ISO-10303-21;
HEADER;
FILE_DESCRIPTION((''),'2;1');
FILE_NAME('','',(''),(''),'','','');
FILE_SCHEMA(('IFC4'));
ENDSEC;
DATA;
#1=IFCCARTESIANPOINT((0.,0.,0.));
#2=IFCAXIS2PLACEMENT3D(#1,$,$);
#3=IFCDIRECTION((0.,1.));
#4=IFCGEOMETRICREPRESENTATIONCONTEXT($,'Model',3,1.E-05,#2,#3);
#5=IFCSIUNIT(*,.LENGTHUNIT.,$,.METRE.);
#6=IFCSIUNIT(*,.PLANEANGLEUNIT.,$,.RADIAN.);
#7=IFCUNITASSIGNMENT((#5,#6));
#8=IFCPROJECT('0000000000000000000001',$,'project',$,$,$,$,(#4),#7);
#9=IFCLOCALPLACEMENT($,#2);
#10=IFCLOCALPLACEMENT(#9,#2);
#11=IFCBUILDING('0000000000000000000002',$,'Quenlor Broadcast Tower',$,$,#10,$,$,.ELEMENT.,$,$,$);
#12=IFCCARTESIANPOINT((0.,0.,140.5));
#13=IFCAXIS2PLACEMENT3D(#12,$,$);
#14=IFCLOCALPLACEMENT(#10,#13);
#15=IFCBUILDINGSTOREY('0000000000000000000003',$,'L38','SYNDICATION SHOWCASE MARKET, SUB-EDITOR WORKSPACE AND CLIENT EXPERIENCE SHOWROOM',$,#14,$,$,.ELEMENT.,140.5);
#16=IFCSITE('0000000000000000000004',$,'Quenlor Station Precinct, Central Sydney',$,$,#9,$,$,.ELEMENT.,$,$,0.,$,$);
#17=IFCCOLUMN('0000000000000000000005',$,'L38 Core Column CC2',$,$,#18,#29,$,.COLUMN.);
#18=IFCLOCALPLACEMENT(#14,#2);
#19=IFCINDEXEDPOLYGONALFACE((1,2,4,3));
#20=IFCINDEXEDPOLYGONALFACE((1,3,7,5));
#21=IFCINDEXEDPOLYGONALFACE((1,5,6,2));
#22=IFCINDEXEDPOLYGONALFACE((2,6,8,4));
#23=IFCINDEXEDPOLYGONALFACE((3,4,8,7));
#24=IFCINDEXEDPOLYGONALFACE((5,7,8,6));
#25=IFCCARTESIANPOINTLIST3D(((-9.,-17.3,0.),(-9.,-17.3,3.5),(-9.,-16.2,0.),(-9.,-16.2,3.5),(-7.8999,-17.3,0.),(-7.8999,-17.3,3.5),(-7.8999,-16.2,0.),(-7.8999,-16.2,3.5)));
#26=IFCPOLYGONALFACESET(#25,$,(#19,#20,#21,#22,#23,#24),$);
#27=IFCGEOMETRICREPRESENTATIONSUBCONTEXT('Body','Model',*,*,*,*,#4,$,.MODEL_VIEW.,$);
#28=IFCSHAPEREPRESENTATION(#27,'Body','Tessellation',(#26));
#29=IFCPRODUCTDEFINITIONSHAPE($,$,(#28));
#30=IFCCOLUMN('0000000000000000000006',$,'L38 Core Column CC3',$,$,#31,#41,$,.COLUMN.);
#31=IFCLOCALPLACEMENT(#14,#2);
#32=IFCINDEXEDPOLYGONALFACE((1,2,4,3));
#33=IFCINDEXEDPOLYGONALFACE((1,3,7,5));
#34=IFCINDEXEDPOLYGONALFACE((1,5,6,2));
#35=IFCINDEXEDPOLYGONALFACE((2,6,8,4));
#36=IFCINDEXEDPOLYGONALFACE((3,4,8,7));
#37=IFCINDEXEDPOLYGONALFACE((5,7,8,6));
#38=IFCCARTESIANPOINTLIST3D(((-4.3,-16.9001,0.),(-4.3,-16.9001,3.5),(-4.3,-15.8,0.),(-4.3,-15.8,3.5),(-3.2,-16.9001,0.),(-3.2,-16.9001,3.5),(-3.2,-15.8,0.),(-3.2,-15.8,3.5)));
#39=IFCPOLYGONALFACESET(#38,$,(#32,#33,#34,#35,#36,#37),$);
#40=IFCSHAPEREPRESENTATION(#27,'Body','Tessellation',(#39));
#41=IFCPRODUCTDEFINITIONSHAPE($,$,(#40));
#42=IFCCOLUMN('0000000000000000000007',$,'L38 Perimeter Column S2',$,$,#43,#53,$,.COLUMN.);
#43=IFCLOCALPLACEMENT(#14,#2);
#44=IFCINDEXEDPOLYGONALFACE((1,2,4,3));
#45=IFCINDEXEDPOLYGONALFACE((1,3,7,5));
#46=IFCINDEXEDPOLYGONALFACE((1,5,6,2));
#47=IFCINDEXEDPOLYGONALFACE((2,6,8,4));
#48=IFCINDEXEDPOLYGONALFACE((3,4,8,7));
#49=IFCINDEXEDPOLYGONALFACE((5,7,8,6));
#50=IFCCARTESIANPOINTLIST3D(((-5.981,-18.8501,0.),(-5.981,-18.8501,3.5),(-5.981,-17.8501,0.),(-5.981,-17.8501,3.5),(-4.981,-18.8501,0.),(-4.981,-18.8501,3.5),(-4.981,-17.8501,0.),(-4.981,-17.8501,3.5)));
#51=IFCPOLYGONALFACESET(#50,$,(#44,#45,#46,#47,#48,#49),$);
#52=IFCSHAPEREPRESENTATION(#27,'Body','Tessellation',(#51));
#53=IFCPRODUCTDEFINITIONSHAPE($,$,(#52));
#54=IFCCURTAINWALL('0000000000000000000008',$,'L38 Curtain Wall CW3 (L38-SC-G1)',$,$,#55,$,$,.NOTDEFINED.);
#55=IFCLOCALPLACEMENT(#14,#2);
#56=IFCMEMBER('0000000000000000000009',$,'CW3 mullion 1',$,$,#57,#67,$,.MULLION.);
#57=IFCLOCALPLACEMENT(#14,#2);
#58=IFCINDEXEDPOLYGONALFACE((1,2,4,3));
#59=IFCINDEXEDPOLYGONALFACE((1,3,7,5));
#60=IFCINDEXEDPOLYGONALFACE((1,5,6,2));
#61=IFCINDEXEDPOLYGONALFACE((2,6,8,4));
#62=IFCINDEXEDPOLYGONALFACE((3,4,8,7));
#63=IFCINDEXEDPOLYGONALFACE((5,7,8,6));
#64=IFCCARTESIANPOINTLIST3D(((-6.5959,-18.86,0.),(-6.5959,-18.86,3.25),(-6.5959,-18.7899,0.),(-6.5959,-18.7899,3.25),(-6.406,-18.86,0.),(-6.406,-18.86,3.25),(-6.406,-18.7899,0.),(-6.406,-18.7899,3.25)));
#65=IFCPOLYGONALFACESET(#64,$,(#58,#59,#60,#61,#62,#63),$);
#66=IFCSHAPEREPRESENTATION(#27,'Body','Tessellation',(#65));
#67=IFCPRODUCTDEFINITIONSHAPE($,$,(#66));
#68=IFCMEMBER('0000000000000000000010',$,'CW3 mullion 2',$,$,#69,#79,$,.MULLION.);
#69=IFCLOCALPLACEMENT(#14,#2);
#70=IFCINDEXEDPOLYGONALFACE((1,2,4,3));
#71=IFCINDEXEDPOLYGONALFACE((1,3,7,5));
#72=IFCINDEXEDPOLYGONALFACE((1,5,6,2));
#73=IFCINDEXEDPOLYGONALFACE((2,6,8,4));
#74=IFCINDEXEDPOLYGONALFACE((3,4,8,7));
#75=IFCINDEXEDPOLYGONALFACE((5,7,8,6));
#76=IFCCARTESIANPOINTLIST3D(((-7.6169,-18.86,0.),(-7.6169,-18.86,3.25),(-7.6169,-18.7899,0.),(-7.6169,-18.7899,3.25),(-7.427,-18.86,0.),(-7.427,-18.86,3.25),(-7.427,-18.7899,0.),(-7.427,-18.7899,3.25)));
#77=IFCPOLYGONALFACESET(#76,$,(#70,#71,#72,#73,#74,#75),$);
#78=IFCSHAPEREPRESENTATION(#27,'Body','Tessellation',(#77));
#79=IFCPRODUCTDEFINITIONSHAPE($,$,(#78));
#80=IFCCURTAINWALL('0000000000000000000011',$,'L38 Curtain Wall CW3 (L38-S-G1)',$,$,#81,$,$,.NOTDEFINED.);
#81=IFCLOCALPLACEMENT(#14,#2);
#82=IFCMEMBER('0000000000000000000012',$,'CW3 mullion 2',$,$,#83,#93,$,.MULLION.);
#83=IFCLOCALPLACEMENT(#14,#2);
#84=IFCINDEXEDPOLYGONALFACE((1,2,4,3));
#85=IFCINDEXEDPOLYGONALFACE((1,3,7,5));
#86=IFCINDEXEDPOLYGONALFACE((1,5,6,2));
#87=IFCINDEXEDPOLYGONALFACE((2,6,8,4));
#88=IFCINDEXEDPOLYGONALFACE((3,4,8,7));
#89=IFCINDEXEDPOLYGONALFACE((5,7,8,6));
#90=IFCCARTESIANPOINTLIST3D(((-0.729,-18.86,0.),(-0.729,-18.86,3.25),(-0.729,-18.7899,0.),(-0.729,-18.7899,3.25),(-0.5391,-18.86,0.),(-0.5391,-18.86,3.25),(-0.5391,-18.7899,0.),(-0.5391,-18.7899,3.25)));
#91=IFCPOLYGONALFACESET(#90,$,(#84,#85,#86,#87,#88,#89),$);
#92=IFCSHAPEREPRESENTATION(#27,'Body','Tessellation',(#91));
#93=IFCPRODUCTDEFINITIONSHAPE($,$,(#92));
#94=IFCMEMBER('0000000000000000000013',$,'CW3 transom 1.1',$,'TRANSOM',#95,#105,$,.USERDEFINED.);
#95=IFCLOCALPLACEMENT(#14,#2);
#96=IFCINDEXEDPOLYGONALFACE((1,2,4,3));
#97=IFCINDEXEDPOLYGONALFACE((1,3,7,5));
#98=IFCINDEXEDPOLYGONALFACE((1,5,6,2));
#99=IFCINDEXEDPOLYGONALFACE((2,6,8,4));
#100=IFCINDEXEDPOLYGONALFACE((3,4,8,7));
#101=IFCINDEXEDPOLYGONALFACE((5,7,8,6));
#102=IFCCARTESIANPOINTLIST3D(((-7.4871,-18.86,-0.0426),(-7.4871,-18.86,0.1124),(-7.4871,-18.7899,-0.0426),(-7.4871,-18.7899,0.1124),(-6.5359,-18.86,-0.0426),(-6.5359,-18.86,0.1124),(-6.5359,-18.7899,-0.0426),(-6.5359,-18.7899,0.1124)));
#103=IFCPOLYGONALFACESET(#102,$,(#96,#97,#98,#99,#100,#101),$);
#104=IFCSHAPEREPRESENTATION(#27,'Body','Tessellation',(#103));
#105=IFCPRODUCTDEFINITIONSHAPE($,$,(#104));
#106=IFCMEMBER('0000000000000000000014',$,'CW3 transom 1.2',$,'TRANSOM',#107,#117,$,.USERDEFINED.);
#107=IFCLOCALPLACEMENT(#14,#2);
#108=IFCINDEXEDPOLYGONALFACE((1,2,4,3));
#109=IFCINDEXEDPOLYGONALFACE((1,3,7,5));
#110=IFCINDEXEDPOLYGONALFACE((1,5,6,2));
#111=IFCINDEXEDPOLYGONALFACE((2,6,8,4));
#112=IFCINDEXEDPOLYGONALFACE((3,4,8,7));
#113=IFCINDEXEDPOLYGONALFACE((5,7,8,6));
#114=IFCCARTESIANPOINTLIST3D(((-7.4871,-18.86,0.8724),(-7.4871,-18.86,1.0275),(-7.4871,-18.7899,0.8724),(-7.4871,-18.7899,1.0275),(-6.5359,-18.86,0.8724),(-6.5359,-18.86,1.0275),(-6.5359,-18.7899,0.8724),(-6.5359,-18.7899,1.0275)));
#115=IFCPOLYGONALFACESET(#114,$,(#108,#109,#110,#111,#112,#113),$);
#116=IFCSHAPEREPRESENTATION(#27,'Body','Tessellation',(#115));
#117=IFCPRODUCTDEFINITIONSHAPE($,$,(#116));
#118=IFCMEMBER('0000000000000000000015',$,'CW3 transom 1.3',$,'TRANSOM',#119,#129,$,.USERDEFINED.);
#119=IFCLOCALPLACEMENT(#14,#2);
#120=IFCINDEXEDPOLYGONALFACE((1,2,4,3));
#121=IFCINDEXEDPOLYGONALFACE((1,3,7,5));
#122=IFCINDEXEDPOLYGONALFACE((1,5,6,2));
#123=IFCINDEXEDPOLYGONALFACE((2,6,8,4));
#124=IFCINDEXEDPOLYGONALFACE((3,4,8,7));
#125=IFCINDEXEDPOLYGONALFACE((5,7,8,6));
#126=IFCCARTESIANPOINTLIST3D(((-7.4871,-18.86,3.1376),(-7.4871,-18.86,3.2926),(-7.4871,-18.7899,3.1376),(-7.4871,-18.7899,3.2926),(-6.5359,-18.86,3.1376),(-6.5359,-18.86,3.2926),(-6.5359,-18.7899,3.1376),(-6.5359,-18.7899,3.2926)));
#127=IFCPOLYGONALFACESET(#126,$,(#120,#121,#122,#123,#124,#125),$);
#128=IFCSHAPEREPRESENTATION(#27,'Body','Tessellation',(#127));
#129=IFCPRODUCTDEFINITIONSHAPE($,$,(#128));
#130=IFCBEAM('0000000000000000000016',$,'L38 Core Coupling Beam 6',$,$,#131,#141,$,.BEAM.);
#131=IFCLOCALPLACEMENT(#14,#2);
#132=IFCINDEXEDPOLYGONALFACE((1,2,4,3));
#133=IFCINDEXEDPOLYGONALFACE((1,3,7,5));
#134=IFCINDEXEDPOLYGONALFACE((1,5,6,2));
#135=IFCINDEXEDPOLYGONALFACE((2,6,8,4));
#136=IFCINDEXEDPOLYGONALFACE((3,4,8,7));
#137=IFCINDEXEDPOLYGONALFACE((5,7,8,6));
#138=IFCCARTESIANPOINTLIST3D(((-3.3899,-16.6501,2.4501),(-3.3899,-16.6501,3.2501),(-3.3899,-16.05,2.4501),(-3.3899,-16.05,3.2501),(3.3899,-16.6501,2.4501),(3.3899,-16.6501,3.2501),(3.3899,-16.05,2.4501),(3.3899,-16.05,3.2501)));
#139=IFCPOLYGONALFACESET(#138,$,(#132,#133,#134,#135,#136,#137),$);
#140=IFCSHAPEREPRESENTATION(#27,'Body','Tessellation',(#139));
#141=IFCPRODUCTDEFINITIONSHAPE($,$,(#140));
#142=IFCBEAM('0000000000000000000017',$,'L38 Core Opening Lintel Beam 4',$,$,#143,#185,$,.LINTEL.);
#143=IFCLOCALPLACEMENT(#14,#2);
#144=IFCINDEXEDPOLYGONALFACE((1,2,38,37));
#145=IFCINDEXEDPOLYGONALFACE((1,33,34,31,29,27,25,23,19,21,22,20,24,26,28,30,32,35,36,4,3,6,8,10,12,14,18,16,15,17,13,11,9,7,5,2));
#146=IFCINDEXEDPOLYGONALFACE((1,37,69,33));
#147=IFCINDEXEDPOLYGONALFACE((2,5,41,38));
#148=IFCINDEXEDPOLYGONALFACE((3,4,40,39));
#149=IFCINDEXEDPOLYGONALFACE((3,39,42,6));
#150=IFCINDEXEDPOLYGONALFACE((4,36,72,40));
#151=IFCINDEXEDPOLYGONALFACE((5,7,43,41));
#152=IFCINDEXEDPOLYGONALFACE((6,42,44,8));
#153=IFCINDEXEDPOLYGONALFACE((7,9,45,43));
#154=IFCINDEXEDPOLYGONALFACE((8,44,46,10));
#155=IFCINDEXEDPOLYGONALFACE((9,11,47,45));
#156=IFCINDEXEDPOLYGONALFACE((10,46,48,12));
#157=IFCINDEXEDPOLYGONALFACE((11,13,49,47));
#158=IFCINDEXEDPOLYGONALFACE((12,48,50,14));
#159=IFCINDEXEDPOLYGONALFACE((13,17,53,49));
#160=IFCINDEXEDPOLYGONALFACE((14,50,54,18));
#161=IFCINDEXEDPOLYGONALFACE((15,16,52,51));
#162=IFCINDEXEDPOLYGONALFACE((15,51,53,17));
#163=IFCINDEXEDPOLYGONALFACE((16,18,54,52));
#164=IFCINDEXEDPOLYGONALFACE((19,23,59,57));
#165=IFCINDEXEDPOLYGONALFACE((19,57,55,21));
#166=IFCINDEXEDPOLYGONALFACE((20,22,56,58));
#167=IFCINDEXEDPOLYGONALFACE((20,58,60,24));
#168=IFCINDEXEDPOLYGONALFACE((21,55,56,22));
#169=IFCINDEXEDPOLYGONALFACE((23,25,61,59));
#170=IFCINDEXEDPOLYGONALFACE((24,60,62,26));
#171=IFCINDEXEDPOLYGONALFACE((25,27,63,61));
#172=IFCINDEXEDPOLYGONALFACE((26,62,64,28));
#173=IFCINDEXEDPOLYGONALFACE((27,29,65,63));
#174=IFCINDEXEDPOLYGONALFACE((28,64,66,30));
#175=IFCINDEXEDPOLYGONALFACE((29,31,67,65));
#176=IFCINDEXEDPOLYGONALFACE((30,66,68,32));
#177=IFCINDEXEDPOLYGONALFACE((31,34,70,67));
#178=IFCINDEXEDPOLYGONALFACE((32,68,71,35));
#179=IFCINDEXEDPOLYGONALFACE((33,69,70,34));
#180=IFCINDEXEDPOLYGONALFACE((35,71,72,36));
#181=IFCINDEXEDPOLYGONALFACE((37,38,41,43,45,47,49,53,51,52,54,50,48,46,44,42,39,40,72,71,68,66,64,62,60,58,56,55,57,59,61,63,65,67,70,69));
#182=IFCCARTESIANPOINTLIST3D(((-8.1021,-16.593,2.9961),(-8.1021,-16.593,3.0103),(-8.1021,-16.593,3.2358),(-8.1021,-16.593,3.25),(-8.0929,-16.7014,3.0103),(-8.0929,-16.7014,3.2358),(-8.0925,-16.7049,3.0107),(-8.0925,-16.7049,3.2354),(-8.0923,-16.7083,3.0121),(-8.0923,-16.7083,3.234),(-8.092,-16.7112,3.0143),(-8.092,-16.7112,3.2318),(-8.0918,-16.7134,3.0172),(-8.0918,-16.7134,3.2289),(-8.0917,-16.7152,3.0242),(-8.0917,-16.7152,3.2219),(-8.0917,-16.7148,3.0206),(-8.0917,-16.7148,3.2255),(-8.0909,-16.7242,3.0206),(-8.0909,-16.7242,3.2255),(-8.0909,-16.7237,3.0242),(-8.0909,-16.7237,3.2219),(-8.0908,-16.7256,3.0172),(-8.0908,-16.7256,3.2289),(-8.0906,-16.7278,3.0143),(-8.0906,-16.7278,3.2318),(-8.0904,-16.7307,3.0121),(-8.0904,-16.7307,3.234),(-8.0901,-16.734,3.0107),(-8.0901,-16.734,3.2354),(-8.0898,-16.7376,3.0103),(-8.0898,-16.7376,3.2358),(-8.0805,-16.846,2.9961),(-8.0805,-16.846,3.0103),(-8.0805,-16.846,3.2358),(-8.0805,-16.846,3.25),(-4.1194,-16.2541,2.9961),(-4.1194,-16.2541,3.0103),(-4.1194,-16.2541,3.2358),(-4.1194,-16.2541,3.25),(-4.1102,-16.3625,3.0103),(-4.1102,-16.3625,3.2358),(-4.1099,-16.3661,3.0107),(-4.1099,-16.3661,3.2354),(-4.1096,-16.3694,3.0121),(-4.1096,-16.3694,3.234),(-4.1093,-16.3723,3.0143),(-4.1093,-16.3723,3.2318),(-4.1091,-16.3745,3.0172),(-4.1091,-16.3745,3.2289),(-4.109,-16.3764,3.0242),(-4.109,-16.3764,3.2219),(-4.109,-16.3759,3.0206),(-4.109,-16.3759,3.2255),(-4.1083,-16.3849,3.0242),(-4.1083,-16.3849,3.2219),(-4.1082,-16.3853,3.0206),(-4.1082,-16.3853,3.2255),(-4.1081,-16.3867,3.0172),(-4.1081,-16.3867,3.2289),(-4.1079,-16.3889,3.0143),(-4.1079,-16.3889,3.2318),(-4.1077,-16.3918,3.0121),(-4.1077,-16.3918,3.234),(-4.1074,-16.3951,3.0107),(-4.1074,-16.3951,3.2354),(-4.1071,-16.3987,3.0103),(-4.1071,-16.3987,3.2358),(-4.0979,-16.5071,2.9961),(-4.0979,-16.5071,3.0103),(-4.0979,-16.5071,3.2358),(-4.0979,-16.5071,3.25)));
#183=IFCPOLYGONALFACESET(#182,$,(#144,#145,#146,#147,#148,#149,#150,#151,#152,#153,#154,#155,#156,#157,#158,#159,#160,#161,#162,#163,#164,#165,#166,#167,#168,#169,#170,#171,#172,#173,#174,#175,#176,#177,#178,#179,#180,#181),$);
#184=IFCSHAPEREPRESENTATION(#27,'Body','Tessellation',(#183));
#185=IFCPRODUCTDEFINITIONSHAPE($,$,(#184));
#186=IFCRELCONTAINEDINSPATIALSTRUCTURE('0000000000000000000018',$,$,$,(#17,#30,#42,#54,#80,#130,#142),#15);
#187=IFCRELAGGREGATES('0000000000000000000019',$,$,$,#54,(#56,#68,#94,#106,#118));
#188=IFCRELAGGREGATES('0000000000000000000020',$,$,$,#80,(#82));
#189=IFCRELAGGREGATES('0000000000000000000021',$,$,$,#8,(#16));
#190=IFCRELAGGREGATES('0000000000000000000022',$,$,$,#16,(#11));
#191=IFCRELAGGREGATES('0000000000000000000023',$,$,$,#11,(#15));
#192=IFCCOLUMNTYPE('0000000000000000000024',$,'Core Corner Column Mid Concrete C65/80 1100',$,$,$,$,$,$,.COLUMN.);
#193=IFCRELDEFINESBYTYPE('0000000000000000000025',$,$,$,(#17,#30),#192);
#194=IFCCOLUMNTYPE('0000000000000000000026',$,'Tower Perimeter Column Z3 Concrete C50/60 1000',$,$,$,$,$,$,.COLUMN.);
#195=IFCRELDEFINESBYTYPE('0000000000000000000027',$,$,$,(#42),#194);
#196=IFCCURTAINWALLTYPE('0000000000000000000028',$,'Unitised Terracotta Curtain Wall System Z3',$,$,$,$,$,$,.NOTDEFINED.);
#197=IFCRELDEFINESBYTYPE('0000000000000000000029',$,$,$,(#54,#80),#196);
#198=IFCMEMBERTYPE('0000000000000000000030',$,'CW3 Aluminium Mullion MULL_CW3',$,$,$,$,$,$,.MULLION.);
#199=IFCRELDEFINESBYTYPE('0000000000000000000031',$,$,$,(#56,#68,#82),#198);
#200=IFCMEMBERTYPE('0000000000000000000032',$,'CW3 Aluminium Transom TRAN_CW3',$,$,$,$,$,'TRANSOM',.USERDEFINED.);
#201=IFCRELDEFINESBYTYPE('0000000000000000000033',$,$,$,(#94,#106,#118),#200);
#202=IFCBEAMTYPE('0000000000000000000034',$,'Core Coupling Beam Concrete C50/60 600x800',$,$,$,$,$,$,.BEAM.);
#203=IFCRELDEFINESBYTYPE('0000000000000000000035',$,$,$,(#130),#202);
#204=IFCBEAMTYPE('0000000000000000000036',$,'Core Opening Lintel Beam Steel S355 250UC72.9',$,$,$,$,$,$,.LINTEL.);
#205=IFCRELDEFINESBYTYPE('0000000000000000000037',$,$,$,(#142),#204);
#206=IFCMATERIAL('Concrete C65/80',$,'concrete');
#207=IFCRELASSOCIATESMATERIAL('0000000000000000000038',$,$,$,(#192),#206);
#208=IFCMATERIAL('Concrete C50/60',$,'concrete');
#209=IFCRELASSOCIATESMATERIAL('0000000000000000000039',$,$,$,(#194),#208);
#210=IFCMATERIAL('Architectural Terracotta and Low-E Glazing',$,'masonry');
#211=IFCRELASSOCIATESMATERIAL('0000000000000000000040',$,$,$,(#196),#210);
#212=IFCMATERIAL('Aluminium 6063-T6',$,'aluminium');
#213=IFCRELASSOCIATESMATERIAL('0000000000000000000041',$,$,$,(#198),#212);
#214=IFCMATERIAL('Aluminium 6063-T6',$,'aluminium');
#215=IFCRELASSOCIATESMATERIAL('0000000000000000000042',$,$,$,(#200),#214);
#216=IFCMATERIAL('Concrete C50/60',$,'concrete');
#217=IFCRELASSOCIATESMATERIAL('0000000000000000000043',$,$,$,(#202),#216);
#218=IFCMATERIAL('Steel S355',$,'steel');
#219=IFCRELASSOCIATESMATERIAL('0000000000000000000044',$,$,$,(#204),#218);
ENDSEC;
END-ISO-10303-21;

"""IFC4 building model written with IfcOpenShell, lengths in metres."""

from ifc_helpers import new_model, si_unit, direction, frame, origin, origin_2d, place, context, subcontext, project, spatial, rectangle, i_section, extrude, material, material_profile, profile_set, type_object, element, aggregate, save


model = new_model("IFC4")

# Units and contexts
model_context = context("Model", 3, precision=1e-05, world=origin(), true_north=direction((0.0, 1.0)))
body_context = subcontext(model_context, "Body", "Model", "MODEL_VIEW")
ifc_project = project(units=[si_unit("LENGTHUNIT", "METRE"), si_unit("PLANEANGLEUNIT", "RADIAN")], contexts=[model_context])

# Site, building, storey
site_placement = place(None, origin())
site = spatial("IfcSite", under=ifc_project, at=site_placement, Name="Quenlor Station Precinct, Central Sydney", CompositionType="ELEMENT", RefElevation=0.0)
building_placement = place(site_placement, origin())
building = spatial("IfcBuilding", under=site, at=building_placement, Name="Quenlor Broadcast Tower", CompositionType="ELEMENT")
storey_placement = place(building_placement, frame((0.0, 0.0, 140.5)))
storey = spatial("IfcBuildingStorey", under=building, at=storey_placement, Name="L38", Description="SYNDICATION SHOWCASE MARKET, SUB-EDITOR WORKSPACE AND CLIENT EXPERIENCE SHOWROOM", CompositionType="ELEMENT", Elevation=140.5)

# Columns
ifc_material_1 = material(Name="Concrete C65/80", Category="concrete")
ifc_material_profile_1 = material_profile(ifc_material_1, rectangle(XDim=1.1001, YDim=1.1001, at=origin_2d()))
ifc_profile_set_1 = profile_set([ifc_material_profile_1], Name="Concrete C65/80 RC1100x1100")
column_type_1 = type_object("IfcColumnType", Name="Core Corner Column Mid Concrete C65/80 1100", PredefinedType="COLUMN", material=ifc_profile_set_1)
for number, where, z_axis, x_axis, name in (
    (1, (-8.45, -16.75, 0.0), (0.0, 0.0, 1.0), (1.0, 0.0, 0.0), "L38 Core Column CC2"),
    (2, (-3.75, -16.3501, 0.0), (0.0, 0.0, 1.0), (1.0, 0.0, 0.0), "L38 Core Column CC3"),
):
    element("IfcColumn", number, at=place(storey_placement, frame(where, z_axis=z_axis, x_axis=x_axis)), inside=storey, type_object=column_type_1, Name=name, PredefinedType="COLUMN", context=body_context, shape_type="SweptSolid", body=[
        extrude(rectangle(XDim=1.1001, YDim=1.1001, at=origin_2d()), origin(), (0.0, 0.0, 1.0), 3.5),
    ])
ifc_material_2 = material(Name="Concrete C50/60", Category="concrete")
ifc_material_profile_2 = material_profile(ifc_material_2, rectangle(XDim=1.0, YDim=1.0, at=origin_2d()))
ifc_profile_set_2 = profile_set([ifc_material_profile_2], Name="Concrete C50/60 RC1000x1000")
column_type_2 = type_object("IfcColumnType", Name="Tower Perimeter Column Z3 Concrete C50/60 1000", PredefinedType="COLUMN", material=ifc_profile_set_2)
column_placement = place(storey_placement, frame((-5.481, -18.3501, 0.0), z_axis=(0.0, 0.0, 1.0), x_axis=(0.0, 1.0, 0.0)))
element("IfcColumn", 3, at=column_placement, inside=storey, type_object=column_type_2, Name="L38 Perimeter Column S2", PredefinedType="COLUMN", context=body_context, shape_type="SweptSolid", body=[
    extrude(rectangle(XDim=1.0, YDim=1.0, at=origin_2d()), origin(), (0.0, 0.0, 1.0), 3.5),
])

# Curtain wall, members
ifc_material_3 = material(Name="Architectural Terracotta and Low-E Glazing", Category="masonry")
curtain_wall_type = type_object("IfcCurtainWallType", Name="Unitised Terracotta Curtain Wall System Z3", PredefinedType="NOTDEFINED", material=ifc_material_3)
curtain_wall_1_placement = place(storey_placement, origin())
curtain_wall_1 = element("IfcCurtainWall", 4, at=curtain_wall_1_placement, inside=storey, type_object=curtain_wall_type, Name="L38 Curtain Wall CW3 (L38-SC-G1)", PredefinedType="NOTDEFINED")
ifc_material_4 = material(Name="Aluminium 6063-T6", Category="aluminium")
ifc_material_profile_3 = material_profile(ifc_material_4, rectangle(XDim=0.0701, YDim=0.1899, at=origin_2d()))
ifc_profile_set_3 = profile_set([ifc_material_profile_3], Name="Aluminium 6063-T6 MULL70x190")
member_type_1 = type_object("IfcMemberType", Name="CW3 Aluminium Mullion MULL_CW3", PredefinedType="MULLION", material=ifc_profile_set_3)
member_1_placement = place(storey_placement, frame((-6.501, -18.825, 0.0), z_axis=(0.0, 0.0, 1.0), x_axis=(0.0, -1.0, 0.0)))
member_1 = element("IfcMember", 5, at=member_1_placement, type_object=member_type_1, Name="CW3 mullion 1", PredefinedType="MULLION", context=body_context, shape_type="SweptSolid", body=[
    extrude(rectangle(XDim=0.0701, YDim=0.1899, at=origin_2d()), origin(), (0.0, 0.0, 1.0), 3.25),
])
member_2_placement = place(storey_placement, frame((-7.522, -18.825, 0.0), z_axis=(0.0, 0.0, 1.0), x_axis=(0.0, -1.0, 0.0)))
member_2 = element("IfcMember", 6, at=member_2_placement, type_object=member_type_1, Name="CW3 mullion 2", PredefinedType="MULLION", context=body_context, shape_type="SweptSolid", body=[
    extrude(rectangle(XDim=0.0701, YDim=0.1899, at=origin_2d()), origin(), (0.0, 0.0, 1.0), 3.25),
])

# Curtain wall, member
curtain_wall_2_placement = place(storey_placement, origin())
curtain_wall_2 = element("IfcCurtainWall", 7, at=curtain_wall_2_placement, inside=storey, type_object=curtain_wall_type, Name="L38 Curtain Wall CW3 (L38-S-G1)", PredefinedType="NOTDEFINED")
member_3_placement = place(storey_placement, frame((-0.634, -18.825, 0.0), z_axis=(0.0, 0.0, 1.0), x_axis=(0.0, -1.0, 0.0)))
member_3 = element("IfcMember", 8, at=member_3_placement, type_object=member_type_1, Name="CW3 mullion 2", PredefinedType="MULLION", context=body_context, shape_type="SweptSolid", body=[
    extrude(rectangle(XDim=0.0701, YDim=0.1899, at=origin_2d()), origin(), (0.0, 0.0, 1.0), 3.25),
])

# Members
ifc_material_5 = material(Name="Aluminium 6063-T6", Category="aluminium")
ifc_material_profile_4 = material_profile(ifc_material_5, rectangle(XDim=0.0701, YDim=0.155, at=origin_2d()))
ifc_profile_set_4 = profile_set([ifc_material_profile_4], Name="Aluminium 6063-T6 TRAN70x155")
member_type_2 = type_object("IfcMemberType", Name="CW3 Aluminium Transom TRAN_CW3", ElementType="TRANSOM", PredefinedType="USERDEFINED", material=ifc_profile_set_4)
member_4_placement = place(storey_placement, frame((-6.5359, -18.825, 0.0349), z_axis=(-1.0, 0.0, 0.0), x_axis=(0.0, -1.0, 0.0)))
member_4 = element("IfcMember", 9, at=member_4_placement, type_object=member_type_2, Name="CW3 transom 1.1", ObjectType="TRANSOM", PredefinedType="USERDEFINED", context=body_context, shape_type="SweptSolid", body=[
    extrude(rectangle(XDim=0.0701, YDim=0.155, at=origin_2d()), origin(), (0.0, 0.0, 1.0), 0.9512),
])
member_5_placement = place(storey_placement, frame((-6.5359, -18.825, 0.95), z_axis=(-1.0, 0.0, 0.0), x_axis=(0.0, -1.0, 0.0)))
member_5 = element("IfcMember", 10, at=member_5_placement, type_object=member_type_2, Name="CW3 transom 1.2", ObjectType="TRANSOM", PredefinedType="USERDEFINED", context=body_context, shape_type="SweptSolid", body=[
    extrude(rectangle(XDim=0.0701, YDim=0.155, at=origin_2d()), origin(), (0.0, 0.0, 1.0), 0.9512),
])
member_6_placement = place(storey_placement, frame((-6.5359, -18.825, 3.2151), z_axis=(-1.0, 0.0, 0.0), x_axis=(0.0, -1.0, 0.0)))
member_6 = element("IfcMember", 11, at=member_6_placement, type_object=member_type_2, Name="CW3 transom 1.3", ObjectType="TRANSOM", PredefinedType="USERDEFINED", context=body_context, shape_type="SweptSolid", body=[
    extrude(rectangle(XDim=0.0701, YDim=0.155, at=origin_2d()), origin(), (0.0, 0.0, 1.0), 0.9512),
])

# Beams
ifc_material_6 = material(Name="Concrete C50/60", Category="concrete")
ifc_material_profile_5 = material_profile(ifc_material_6, rectangle(XDim=0.6001, YDim=0.8, at=origin_2d()))
ifc_profile_set_5 = profile_set([ifc_material_profile_5], Name="Concrete C50/60 RCB600x800")
beam_type_1 = type_object("IfcBeamType", Name="Core Coupling Beam Concrete C50/60 600x800", PredefinedType="BEAM", material=ifc_profile_set_5)
beam_1_placement = place(storey_placement, frame((-3.3899, -16.3501, 2.8501), z_axis=(1.0, 0.0, 0.0), x_axis=(0.0, 1.0, 0.0)))
element("IfcBeam", 12, at=beam_1_placement, inside=storey, type_object=beam_type_1, Name="L38 Core Coupling Beam 6", PredefinedType="BEAM", context=body_context, shape_type="SweptSolid", body=[
    extrude(rectangle(XDim=0.6001, YDim=0.8, at=origin_2d()), origin(), (0.0, 0.0, 1.0), 6.7798),
])
ifc_material_7 = material(Name="Steel S355", Category="steel")
ifc_material_profile_6 = material_profile(ifc_material_7, i_section(OverallWidth=0.2539, OverallDepth=0.2539, WebThickness=0.0085, FlangeThickness=0.0142, FilletRadius=0.0139, at=origin_2d()))
ifc_profile_set_6 = profile_set([ifc_material_profile_6], Name="Steel S355 250UC72.9")
beam_type_2 = type_object("IfcBeamType", Name="Core Opening Lintel Beam Steel S355 250UC72.9", PredefinedType="LINTEL", material=ifc_profile_set_6)
beam_2_placement = place(storey_placement, frame((-8.0913, -16.7195, 3.123), z_axis=(0.9964, 0.084779, 0.0), x_axis=(-0.084779, 0.9964, 0.0)))
element("IfcBeam", 13, at=beam_2_placement, inside=storey, type_object=beam_type_2, Name="L38 Core Opening Lintel Beam 4", PredefinedType="LINTEL", context=body_context, shape_type="SweptSolid", body=[
    extrude(i_section(OverallWidth=0.2539, OverallDepth=0.2539, WebThickness=0.0085, FlangeThickness=0.0142, FilletRadius=0.0139, at=origin_2d()), origin(), (0.0, 0.0, 1.0), 3.9971),
])

aggregate(curtain_wall_1, [member_1, member_2, member_4, member_5, member_6])
aggregate(curtain_wall_2, [member_3])

save(model, "model.ifc")
